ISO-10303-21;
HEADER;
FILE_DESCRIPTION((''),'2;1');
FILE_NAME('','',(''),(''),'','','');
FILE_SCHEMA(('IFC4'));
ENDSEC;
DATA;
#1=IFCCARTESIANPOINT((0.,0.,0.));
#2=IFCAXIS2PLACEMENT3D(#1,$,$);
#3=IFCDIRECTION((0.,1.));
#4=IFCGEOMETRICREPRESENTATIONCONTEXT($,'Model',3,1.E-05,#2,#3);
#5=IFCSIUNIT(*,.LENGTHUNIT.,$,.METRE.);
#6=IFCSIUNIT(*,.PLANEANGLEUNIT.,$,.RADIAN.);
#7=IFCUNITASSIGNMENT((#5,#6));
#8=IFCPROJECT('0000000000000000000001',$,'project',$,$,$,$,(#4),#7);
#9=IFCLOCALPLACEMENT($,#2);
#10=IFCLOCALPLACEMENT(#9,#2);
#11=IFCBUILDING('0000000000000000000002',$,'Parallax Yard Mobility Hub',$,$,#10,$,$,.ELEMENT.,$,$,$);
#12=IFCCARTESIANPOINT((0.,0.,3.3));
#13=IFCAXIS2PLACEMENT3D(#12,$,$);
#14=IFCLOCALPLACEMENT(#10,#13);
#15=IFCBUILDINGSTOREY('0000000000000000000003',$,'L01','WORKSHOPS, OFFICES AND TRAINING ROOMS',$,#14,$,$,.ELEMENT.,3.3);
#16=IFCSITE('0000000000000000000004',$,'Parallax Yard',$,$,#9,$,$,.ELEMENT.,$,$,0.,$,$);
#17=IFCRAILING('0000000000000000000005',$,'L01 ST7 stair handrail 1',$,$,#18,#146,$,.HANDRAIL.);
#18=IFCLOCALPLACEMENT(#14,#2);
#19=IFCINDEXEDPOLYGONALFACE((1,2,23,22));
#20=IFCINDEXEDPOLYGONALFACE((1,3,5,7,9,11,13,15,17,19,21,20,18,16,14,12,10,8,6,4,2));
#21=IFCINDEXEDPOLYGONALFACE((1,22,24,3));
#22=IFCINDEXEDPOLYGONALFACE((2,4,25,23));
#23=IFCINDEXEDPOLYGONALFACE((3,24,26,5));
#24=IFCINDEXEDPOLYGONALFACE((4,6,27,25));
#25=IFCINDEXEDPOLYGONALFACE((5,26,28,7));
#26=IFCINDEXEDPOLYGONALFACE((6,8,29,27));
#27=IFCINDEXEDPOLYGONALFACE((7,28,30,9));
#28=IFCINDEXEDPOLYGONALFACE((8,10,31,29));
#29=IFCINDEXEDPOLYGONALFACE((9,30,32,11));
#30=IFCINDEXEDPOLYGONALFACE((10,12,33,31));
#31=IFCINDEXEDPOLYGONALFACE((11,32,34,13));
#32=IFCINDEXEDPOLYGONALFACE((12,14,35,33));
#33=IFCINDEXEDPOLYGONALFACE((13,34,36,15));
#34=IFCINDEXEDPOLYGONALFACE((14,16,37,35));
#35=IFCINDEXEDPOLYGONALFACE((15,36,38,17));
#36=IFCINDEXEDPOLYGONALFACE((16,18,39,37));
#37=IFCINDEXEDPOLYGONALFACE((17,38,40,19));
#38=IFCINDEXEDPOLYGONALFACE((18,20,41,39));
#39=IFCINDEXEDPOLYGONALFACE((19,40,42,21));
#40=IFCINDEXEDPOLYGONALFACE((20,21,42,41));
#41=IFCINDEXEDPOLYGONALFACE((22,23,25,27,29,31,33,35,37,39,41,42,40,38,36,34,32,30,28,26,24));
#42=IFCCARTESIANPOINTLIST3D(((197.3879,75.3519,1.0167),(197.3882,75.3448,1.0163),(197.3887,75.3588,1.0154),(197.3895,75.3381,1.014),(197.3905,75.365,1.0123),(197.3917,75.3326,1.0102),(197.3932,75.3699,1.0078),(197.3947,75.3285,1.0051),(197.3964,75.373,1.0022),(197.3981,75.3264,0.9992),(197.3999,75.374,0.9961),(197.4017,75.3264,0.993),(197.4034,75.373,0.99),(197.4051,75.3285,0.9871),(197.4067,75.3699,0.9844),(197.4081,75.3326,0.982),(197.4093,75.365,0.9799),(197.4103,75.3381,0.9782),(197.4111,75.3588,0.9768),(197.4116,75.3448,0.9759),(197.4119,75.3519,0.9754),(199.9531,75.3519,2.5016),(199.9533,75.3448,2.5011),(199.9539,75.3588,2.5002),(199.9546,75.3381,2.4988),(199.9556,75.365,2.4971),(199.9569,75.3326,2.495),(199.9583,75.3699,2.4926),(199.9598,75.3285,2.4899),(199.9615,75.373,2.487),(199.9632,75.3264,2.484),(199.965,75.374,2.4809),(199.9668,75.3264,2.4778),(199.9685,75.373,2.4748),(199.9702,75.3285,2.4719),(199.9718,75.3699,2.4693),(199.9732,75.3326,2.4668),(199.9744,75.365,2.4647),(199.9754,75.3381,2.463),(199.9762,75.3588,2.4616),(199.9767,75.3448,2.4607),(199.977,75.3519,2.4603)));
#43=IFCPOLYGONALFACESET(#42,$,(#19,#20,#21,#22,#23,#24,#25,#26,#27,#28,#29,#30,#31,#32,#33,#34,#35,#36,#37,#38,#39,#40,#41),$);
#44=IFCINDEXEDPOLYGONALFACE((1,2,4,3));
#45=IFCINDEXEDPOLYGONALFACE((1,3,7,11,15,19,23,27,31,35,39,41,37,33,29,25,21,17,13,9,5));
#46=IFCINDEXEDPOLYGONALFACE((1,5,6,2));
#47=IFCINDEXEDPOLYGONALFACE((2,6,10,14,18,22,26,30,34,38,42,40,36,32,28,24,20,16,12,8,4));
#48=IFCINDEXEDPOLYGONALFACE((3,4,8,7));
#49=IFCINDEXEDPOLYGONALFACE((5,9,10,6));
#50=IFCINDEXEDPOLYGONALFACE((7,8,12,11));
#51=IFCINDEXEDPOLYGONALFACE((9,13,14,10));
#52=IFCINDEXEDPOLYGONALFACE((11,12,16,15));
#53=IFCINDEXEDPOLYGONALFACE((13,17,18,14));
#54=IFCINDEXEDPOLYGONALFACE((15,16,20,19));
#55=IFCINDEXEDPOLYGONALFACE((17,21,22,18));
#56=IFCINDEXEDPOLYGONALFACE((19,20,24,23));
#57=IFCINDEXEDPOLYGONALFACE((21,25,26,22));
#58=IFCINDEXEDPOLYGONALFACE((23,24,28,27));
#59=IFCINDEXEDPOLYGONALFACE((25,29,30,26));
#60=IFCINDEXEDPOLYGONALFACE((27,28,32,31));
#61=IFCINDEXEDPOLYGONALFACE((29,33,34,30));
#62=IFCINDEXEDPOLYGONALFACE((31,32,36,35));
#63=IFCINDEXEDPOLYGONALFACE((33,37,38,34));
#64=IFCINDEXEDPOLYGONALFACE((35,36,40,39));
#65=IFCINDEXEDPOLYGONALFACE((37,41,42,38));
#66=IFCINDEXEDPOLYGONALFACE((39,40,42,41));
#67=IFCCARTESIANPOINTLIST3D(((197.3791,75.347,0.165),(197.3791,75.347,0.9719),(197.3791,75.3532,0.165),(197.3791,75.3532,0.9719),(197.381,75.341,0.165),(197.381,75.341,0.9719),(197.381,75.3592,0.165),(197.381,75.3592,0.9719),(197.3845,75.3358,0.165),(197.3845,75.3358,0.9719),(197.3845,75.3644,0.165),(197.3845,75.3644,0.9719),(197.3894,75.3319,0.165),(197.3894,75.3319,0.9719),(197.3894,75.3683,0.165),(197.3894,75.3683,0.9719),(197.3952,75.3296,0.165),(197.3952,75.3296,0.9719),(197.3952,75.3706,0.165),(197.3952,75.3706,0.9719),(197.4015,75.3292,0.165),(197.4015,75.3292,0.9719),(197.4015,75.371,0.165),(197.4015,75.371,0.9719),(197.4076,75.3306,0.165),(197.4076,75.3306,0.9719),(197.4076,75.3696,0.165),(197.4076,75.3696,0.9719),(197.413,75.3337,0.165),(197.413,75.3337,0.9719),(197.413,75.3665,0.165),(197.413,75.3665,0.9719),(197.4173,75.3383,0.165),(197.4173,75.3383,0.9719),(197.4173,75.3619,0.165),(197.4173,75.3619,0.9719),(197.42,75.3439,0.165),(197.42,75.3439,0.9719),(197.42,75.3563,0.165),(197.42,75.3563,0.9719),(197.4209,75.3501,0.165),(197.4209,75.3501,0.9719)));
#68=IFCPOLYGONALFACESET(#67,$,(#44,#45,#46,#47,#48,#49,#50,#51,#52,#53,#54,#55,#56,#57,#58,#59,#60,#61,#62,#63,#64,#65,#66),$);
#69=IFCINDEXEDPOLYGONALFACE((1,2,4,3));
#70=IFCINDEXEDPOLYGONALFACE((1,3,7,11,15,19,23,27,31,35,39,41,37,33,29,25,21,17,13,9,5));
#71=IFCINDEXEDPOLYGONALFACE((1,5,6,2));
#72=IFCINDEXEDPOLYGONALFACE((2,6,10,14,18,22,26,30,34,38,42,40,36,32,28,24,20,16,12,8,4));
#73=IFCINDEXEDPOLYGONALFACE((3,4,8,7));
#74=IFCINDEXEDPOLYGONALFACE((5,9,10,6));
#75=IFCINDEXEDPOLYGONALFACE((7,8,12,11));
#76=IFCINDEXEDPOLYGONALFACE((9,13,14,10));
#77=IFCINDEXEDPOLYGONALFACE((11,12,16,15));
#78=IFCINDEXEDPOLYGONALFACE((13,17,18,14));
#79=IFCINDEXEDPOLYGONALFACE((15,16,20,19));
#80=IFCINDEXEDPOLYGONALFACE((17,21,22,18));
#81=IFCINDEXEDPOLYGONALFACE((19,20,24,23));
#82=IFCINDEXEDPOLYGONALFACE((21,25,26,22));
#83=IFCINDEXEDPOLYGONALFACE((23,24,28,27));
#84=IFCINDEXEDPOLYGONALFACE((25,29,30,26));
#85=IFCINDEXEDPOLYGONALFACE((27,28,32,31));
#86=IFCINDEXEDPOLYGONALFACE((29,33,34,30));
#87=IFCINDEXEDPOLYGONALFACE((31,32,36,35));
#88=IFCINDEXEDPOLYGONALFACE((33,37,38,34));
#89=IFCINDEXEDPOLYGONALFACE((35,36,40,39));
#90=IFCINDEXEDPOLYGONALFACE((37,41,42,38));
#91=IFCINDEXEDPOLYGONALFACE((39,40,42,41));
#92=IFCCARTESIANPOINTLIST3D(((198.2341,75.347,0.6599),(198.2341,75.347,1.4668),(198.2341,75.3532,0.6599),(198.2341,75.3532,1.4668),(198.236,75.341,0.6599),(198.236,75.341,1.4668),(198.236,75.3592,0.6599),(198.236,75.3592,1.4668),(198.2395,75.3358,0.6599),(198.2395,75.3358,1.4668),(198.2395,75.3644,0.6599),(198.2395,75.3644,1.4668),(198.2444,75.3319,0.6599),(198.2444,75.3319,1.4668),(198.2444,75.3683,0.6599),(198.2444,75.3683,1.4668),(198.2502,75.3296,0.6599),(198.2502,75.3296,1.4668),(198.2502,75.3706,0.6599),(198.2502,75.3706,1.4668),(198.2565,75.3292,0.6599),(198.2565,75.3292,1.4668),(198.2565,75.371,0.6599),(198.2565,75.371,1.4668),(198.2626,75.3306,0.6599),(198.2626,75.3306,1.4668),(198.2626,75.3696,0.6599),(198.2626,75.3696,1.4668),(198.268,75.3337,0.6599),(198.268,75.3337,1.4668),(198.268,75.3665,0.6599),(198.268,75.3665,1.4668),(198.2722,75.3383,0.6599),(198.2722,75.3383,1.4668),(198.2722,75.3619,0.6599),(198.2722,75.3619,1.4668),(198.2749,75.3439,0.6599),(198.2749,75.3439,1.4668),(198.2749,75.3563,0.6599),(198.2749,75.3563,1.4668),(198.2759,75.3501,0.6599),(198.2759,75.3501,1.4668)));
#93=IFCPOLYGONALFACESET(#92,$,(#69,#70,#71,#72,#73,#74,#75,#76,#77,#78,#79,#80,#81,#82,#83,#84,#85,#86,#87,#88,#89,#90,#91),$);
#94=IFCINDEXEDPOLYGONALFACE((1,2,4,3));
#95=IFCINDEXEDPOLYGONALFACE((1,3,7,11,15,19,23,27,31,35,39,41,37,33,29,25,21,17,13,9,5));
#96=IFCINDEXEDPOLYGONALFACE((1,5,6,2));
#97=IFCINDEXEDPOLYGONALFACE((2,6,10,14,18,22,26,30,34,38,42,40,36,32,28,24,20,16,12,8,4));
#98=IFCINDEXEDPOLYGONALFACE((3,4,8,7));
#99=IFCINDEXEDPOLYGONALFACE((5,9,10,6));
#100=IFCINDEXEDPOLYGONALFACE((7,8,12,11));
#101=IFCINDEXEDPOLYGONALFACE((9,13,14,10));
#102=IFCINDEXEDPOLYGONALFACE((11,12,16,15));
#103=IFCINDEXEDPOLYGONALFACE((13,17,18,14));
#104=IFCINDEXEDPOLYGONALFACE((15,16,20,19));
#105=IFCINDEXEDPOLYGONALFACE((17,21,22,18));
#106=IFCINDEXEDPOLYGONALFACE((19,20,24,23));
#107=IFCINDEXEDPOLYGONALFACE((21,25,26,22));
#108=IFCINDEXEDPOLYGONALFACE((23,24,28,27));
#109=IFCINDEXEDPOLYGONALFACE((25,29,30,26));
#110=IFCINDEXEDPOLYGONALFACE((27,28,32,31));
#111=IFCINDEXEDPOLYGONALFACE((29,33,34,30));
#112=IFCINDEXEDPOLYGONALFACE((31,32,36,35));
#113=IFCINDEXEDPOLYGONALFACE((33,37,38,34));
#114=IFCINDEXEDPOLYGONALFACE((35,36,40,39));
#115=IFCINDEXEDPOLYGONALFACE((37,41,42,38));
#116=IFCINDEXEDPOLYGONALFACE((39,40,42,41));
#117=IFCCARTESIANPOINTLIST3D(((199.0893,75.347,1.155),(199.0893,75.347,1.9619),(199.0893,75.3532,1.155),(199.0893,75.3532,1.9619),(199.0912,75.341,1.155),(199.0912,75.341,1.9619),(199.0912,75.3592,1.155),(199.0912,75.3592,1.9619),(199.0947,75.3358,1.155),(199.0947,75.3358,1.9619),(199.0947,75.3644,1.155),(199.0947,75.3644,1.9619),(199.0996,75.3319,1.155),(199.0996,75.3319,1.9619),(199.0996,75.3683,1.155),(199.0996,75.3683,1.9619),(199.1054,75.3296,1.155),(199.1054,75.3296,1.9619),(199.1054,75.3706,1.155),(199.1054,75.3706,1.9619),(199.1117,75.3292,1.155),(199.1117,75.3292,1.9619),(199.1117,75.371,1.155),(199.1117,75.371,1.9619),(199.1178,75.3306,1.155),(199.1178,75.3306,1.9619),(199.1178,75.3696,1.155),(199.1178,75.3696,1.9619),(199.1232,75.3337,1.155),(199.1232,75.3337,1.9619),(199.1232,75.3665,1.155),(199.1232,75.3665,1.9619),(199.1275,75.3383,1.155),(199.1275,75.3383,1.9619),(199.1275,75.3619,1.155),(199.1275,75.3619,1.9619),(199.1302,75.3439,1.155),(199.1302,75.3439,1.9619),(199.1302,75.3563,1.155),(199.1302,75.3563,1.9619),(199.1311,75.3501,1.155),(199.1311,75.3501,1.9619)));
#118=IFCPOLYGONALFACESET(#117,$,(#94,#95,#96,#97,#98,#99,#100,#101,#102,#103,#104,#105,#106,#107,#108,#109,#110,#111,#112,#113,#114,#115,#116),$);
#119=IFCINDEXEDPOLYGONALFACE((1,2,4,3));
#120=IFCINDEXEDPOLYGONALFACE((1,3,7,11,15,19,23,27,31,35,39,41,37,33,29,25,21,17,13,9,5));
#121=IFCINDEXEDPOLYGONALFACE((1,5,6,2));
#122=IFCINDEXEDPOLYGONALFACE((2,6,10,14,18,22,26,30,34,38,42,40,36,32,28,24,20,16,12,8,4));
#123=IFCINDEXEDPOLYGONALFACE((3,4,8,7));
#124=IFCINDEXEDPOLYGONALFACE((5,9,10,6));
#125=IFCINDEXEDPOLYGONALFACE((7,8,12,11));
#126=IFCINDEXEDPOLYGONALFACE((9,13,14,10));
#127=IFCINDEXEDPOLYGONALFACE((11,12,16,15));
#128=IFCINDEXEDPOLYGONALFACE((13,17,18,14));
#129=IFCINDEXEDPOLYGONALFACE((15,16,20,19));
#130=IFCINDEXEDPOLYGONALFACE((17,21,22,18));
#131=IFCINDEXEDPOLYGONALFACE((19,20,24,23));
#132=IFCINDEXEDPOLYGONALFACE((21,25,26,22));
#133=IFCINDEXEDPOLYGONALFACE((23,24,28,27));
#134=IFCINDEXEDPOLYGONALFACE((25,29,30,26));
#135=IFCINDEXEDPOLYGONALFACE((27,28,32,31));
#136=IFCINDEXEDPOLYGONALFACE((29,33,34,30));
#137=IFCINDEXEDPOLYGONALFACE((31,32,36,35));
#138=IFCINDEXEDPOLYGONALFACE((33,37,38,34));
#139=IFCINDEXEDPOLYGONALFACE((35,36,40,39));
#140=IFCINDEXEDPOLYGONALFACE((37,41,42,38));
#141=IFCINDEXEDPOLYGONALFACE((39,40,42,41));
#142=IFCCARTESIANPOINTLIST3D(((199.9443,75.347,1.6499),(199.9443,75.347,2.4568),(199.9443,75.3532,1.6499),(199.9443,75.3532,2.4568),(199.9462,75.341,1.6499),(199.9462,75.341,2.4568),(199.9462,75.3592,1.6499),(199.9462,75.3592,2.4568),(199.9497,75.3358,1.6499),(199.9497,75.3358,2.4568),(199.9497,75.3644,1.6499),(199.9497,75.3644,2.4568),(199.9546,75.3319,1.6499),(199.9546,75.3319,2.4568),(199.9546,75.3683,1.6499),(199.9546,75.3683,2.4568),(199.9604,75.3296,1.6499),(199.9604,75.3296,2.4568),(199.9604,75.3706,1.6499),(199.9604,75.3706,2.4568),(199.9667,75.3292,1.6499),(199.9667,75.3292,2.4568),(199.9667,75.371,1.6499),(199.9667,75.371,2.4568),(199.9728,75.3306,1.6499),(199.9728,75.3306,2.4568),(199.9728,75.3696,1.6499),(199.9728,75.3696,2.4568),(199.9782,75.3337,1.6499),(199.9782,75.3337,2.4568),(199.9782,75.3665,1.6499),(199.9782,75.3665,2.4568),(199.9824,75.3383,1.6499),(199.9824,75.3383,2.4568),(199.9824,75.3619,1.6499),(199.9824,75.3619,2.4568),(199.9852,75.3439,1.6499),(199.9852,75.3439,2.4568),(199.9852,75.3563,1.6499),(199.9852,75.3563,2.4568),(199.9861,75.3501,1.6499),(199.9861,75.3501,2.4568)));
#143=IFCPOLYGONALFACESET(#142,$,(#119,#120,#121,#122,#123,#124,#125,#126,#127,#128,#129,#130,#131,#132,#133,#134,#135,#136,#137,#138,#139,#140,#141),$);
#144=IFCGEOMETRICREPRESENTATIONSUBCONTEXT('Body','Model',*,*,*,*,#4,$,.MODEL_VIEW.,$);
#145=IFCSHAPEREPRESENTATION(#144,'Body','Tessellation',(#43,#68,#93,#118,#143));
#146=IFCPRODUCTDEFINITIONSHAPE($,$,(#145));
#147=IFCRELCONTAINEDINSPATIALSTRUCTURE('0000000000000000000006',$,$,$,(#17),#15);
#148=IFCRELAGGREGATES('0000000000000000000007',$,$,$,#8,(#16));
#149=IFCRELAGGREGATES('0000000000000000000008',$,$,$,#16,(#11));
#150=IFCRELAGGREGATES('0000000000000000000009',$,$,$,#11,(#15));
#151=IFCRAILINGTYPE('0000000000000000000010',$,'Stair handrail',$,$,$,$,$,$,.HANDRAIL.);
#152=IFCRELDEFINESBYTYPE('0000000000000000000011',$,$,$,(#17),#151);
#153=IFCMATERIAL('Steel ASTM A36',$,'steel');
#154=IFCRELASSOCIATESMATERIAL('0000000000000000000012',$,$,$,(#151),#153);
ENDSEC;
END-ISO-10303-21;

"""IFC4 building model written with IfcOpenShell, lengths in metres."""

from ifc_helpers import new_model, si_unit, direction, frame, origin, origin_2d, place, context, subcontext, project, spatial, circle, extrude, material, type_object, element, save


model = new_model("IFC4")

# Units and contexts
model_context = context("Model", 3, precision=1e-05, world=origin(), true_north=direction((0.0, 1.0)))
body_context = subcontext(model_context, "Body", "Model", "MODEL_VIEW")
ifc_project = project(units=[si_unit("LENGTHUNIT", "METRE"), si_unit("PLANEANGLEUNIT", "RADIAN")], contexts=[model_context])

# Site, building, storey
site_placement = place(None, origin())
site = spatial("IfcSite", under=ifc_project, at=site_placement, Name="Parallax Yard", CompositionType="ELEMENT", RefElevation=0.0)
building_placement = place(site_placement, origin())
building = spatial("IfcBuilding", under=site, at=building_placement, Name="Parallax Yard Mobility Hub", CompositionType="ELEMENT")
storey_placement = place(building_placement, frame((0.0, 0.0, 3.3)))
storey = spatial("IfcBuildingStorey", under=building, at=storey_placement, Name="L01", Description="WORKSHOPS, OFFICES AND TRAINING ROOMS", CompositionType="ELEMENT", Elevation=3.3)

# Railing
ifc_material_1 = material(Name="Steel ASTM A36", Category="steel")
railing_type_1 = type_object("IfcRailingType", Name="Stair handrail", PredefinedType="HANDRAIL", material=ifc_material_1)
railing_1_placement = place(storey_placement, frame((197.3999, 75.3501, 0.165)))
element("IfcRailing", 1, at=railing_1_placement, inside=storey, type_object=railing_type_1, Name="L01 ST7 stair handrail 1", PredefinedType="HANDRAIL", context=body_context, shape_type="SweptSolid", body=[
    extrude(circle(Radius=0.0239, at=origin_2d()), frame((0.0, 0.0, 0.8311), z_axis=(0.865462, 0.0, 0.500975), x_axis=(0.0, 1.0, 0.0)), (0.0, 0.0, 1.0), 2.9639),
    extrude(circle(Radius=0.021, at=origin_2d()), origin(), (0.0, 0.0, 1.0), 0.8069),
    extrude(circle(Radius=0.021, at=origin_2d()), frame((0.855, 0.0, 0.4949)), (0.0, 0.0, 1.0), 0.8069),
    extrude(circle(Radius=0.021, at=origin_2d()), frame((1.7102, 0.0, 0.99)), (0.0, 0.0, 1.0), 0.8069),
    extrude(circle(Radius=0.021, at=origin_2d()), frame((2.5652, 0.0, 1.4849)), (0.0, 0.0, 1.0), 0.8069),
])

save(model, "model.ifc")
